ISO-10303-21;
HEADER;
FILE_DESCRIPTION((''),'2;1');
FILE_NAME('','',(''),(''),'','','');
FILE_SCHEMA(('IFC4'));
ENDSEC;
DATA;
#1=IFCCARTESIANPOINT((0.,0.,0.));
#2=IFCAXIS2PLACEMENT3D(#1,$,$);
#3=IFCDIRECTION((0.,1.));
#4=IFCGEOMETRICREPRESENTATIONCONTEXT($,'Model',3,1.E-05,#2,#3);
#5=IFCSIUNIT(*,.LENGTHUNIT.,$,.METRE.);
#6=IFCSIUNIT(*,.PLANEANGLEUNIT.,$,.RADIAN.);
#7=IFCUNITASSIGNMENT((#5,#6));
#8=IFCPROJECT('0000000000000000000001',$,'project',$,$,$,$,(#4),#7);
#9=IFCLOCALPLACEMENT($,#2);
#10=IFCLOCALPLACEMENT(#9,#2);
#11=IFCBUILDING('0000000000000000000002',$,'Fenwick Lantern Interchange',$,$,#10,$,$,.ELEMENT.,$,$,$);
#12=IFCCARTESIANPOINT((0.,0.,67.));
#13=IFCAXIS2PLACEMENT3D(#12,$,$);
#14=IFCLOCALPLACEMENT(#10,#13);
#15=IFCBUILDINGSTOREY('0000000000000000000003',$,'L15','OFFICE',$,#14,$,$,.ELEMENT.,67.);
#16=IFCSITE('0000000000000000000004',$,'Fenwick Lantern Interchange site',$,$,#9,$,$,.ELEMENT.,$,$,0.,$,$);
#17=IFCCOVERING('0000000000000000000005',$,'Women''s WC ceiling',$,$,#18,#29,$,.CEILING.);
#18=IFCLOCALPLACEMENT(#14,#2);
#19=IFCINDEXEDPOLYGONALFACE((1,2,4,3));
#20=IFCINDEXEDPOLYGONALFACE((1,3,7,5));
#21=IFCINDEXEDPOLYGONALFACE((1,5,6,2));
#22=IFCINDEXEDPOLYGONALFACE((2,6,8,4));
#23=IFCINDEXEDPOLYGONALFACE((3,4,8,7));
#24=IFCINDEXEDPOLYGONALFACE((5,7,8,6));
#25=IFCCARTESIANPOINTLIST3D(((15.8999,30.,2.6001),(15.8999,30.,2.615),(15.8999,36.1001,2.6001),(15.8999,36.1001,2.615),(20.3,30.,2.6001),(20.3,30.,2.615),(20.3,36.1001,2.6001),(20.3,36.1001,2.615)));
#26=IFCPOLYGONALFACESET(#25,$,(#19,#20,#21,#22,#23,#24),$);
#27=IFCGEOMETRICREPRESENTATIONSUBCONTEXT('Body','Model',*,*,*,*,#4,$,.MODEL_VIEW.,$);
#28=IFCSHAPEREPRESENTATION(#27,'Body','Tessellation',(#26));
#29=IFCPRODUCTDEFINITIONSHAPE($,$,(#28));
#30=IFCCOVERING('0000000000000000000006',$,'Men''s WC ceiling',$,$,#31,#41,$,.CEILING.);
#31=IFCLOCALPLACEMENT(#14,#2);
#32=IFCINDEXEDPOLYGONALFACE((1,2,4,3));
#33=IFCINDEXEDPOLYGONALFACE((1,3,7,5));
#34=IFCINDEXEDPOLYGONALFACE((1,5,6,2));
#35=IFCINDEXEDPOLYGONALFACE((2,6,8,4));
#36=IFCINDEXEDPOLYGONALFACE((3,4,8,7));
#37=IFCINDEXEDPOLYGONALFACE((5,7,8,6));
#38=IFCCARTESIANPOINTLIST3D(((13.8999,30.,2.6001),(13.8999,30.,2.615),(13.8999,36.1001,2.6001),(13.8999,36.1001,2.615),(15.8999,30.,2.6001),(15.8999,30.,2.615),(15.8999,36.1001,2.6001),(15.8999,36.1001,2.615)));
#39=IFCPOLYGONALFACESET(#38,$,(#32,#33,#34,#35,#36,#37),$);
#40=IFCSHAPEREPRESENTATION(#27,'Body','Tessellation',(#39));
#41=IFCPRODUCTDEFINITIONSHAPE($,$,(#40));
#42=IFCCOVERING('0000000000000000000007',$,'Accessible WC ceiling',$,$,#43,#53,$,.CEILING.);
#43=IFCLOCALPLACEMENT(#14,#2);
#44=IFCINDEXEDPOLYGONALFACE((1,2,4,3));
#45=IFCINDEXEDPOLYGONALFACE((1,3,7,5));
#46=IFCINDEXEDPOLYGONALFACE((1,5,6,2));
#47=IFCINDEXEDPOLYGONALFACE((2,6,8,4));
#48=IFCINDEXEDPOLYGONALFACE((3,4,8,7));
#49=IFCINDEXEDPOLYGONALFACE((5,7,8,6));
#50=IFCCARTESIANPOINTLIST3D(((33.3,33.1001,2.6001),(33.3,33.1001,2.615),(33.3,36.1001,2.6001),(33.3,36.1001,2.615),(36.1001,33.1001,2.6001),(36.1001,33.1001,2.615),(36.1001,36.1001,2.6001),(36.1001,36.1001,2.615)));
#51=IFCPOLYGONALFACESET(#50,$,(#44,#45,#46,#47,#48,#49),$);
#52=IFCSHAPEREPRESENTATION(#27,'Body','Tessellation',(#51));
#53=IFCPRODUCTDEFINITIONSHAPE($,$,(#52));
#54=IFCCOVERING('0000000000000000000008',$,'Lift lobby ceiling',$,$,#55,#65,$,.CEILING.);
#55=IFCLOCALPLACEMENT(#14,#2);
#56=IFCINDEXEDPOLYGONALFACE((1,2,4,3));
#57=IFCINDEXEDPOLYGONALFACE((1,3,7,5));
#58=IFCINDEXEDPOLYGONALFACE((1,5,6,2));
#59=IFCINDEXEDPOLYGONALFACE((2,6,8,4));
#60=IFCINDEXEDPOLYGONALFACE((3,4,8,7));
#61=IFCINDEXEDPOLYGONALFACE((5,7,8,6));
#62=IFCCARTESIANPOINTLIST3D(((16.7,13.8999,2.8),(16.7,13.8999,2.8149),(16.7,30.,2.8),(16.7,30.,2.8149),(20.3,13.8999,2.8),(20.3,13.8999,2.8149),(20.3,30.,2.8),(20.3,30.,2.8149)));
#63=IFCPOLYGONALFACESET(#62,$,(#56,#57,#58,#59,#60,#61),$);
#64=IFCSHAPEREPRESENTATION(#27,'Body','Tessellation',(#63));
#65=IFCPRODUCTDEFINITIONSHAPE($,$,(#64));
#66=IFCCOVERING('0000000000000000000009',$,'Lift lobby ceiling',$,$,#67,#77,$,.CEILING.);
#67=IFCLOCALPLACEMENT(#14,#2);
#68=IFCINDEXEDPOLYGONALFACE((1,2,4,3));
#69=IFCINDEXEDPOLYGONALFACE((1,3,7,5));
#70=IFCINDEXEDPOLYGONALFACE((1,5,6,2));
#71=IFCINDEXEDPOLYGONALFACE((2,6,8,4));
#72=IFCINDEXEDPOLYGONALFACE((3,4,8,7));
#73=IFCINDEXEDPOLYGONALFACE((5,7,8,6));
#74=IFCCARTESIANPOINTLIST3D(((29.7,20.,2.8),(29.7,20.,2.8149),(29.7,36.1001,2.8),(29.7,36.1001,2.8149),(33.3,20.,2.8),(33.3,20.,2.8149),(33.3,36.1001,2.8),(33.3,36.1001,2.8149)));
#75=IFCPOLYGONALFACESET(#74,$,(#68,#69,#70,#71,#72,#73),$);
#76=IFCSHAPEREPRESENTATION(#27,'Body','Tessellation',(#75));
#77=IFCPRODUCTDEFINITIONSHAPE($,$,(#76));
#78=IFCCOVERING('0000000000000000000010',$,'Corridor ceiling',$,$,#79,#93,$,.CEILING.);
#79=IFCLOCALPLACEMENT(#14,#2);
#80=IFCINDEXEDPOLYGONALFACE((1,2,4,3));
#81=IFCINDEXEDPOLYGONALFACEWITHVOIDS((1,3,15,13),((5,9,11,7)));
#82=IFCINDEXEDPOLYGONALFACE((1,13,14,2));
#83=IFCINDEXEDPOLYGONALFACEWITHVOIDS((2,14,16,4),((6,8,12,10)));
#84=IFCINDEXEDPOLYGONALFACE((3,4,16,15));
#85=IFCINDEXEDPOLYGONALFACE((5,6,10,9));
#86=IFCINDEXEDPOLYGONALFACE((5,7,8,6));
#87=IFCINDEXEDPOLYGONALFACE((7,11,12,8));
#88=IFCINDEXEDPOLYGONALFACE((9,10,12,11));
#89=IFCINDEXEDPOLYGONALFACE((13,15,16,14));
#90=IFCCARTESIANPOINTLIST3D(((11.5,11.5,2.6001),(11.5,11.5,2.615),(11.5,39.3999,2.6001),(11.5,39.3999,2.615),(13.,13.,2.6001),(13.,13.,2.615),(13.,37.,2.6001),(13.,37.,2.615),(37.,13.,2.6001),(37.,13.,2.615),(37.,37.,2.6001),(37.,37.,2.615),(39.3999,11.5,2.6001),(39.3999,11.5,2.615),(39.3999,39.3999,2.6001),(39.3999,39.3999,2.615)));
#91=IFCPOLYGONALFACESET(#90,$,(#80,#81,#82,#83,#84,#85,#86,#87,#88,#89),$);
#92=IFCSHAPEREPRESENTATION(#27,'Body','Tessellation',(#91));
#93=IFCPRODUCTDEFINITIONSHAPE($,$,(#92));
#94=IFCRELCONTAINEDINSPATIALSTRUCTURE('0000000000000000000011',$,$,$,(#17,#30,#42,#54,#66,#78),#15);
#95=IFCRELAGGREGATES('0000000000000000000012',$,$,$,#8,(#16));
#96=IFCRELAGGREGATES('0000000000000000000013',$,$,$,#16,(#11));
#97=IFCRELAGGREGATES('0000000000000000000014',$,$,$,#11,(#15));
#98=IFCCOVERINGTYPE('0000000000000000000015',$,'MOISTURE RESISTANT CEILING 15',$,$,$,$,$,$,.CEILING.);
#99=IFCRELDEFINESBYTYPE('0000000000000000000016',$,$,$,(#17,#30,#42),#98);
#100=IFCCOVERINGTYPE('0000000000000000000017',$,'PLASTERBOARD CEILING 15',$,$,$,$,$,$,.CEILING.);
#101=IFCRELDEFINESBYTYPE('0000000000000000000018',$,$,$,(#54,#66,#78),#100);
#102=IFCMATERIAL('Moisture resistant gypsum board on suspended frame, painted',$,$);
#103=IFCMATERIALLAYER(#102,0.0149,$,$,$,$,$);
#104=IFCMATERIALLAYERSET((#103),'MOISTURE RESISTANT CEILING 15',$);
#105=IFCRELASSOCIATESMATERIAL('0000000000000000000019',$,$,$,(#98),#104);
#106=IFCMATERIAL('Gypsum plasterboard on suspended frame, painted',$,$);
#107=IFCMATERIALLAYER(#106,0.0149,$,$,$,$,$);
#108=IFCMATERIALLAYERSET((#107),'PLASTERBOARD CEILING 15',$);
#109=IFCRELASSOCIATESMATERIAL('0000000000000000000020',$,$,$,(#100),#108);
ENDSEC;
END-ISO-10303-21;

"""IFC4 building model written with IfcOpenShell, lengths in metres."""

from ifc_helpers import new_model, si_unit, direction, frame, origin, place, context, subcontext, project, spatial, polyline, outline, extrude, material, layer, layer_set, type_object, element, save


model = new_model("IFC4")

# Units and contexts
model_context = context("Model", 3, precision=1e-05, world=origin(), true_north=direction((0.0, 1.0)))
body_context = subcontext(model_context, "Body", "Model", "MODEL_VIEW")
ifc_project = project(units=[si_unit("LENGTHUNIT", "METRE"), si_unit("PLANEANGLEUNIT", "RADIAN")], contexts=[model_context])

# Site, building, storey
site_placement = place(None, origin())
site = spatial("IfcSite", under=ifc_project, at=site_placement, Name="Fenwick Lantern Interchange site", CompositionType="ELEMENT", RefElevation=0.0)
building_placement = place(site_placement, origin())
building = spatial("IfcBuilding", under=site, at=building_placement, Name="Fenwick Lantern Interchange", CompositionType="ELEMENT")
storey_placement = place(building_placement, frame((0.0, 0.0, 67.0)))
storey = spatial("IfcBuildingStorey", under=building, at=storey_placement, Name="L15", Description="OFFICE", CompositionType="ELEMENT", Elevation=67.0)

# Coverings
ifc_material_1 = material(Name="Moisture resistant gypsum board on suspended frame, painted")
ifc_layer_1 = layer(ifc_material_1, 0.0149)
ifc_layer_set_1 = layer_set([ifc_layer_1], Name="MOISTURE RESISTANT CEILING 15")
covering_type_1 = type_object("IfcCoveringType", Name="MOISTURE RESISTANT CEILING 15", PredefinedType="CEILING", material=ifc_layer_set_1)
covering_1_placement = place(storey_placement, frame((0.0, 0.0, 2.6001)))
element("IfcCovering", 1, at=covering_1_placement, inside=storey, type_object=covering_type_1, Name="Women's WC ceiling", PredefinedType="CEILING", context=body_context, shape_type="SweptSolid", body=[
    extrude(outline(polyline([(20.3, 36.1001), (15.8999, 36.1001), (15.8999, 30.0), (20.3, 30.0), (20.3, 36.1001)])), origin(), (0.0, 0.0, 1.0), 0.0149),
])
covering_2_placement = place(storey_placement, frame((0.0, 0.0, 2.6001)))
element("IfcCovering", 2, at=covering_2_placement, inside=storey, type_object=covering_type_1, Name="Men's WC ceiling", PredefinedType="CEILING", context=body_context, shape_type="SweptSolid", body=[
    extrude(outline(polyline([(15.8999, 36.1001), (13.8999, 36.1001), (13.8999, 30.0), (15.8999, 30.0), (15.8999, 36.1001)])), origin(), (0.0, 0.0, 1.0), 0.0149),
])
covering_3_placement = place(storey_placement, frame((0.0, 0.0, 2.6001)))
element("IfcCovering", 3, at=covering_3_placement, inside=storey, type_object=covering_type_1, Name="Accessible WC ceiling", PredefinedType="CEILING", context=body_context, shape_type="SweptSolid", body=[
    extrude(outline(polyline([(36.1001, 36.1001), (33.3, 36.1001), (33.3, 33.1001), (36.1001, 33.1001), (36.1001, 36.1001)])), origin(), (0.0, 0.0, 1.0), 0.0149),
])
ifc_material_2 = material(Name="Gypsum plasterboard on suspended frame, painted")
ifc_layer_2 = layer(ifc_material_2, 0.0149)
ifc_layer_set_2 = layer_set([ifc_layer_2], Name="PLASTERBOARD CEILING 15")
covering_type_2 = type_object("IfcCoveringType", Name="PLASTERBOARD CEILING 15", PredefinedType="CEILING", material=ifc_layer_set_2)
covering_4_placement = place(storey_placement, frame((0.0, 0.0, 2.8)))
element("IfcCovering", 4, at=covering_4_placement, inside=storey, type_object=covering_type_2, Name="Lift lobby ceiling", PredefinedType="CEILING", context=body_context, shape_type="SweptSolid", body=[
    extrude(outline(polyline([(16.7, 13.8999), (20.3, 13.8999), (20.3, 30.0), (16.7, 30.0), (16.7, 13.8999)])), origin(), (0.0, 0.0, 1.0), 0.0149),
])
covering_5_placement = place(storey_placement, frame((0.0, 0.0, 2.8)))
element("IfcCovering", 5, at=covering_5_placement, inside=storey, type_object=covering_type_2, Name="Lift lobby ceiling", PredefinedType="CEILING", context=body_context, shape_type="SweptSolid", body=[
    extrude(outline(polyline([(33.3, 36.1001), (29.7, 36.1001), (29.7, 20.0), (33.3, 20.0), (33.3, 36.1001)])), origin(), (0.0, 0.0, 1.0), 0.0149),
])
covering_6_placement = place(storey_placement, frame((0.0, 0.0, 2.6001)))
element("IfcCovering", 6, at=covering_6_placement, inside=storey, type_object=covering_type_2, Name="Corridor ceiling", PredefinedType="CEILING", context=body_context, shape_type="SweptSolid", body=[
    extrude(outline(polyline([(39.3999, 11.5), (39.3999, 39.3999), (11.5, 39.3999), (11.5, 11.5), (39.3999, 11.5)]), holes=[polyline([(13.0, 37.0), (37.0, 37.0), (37.0, 13.0), (13.0, 13.0), (13.0, 37.0)])]), origin(), (0.0, 0.0, 1.0), 0.0149),
])

save(model, "model.ifc")
